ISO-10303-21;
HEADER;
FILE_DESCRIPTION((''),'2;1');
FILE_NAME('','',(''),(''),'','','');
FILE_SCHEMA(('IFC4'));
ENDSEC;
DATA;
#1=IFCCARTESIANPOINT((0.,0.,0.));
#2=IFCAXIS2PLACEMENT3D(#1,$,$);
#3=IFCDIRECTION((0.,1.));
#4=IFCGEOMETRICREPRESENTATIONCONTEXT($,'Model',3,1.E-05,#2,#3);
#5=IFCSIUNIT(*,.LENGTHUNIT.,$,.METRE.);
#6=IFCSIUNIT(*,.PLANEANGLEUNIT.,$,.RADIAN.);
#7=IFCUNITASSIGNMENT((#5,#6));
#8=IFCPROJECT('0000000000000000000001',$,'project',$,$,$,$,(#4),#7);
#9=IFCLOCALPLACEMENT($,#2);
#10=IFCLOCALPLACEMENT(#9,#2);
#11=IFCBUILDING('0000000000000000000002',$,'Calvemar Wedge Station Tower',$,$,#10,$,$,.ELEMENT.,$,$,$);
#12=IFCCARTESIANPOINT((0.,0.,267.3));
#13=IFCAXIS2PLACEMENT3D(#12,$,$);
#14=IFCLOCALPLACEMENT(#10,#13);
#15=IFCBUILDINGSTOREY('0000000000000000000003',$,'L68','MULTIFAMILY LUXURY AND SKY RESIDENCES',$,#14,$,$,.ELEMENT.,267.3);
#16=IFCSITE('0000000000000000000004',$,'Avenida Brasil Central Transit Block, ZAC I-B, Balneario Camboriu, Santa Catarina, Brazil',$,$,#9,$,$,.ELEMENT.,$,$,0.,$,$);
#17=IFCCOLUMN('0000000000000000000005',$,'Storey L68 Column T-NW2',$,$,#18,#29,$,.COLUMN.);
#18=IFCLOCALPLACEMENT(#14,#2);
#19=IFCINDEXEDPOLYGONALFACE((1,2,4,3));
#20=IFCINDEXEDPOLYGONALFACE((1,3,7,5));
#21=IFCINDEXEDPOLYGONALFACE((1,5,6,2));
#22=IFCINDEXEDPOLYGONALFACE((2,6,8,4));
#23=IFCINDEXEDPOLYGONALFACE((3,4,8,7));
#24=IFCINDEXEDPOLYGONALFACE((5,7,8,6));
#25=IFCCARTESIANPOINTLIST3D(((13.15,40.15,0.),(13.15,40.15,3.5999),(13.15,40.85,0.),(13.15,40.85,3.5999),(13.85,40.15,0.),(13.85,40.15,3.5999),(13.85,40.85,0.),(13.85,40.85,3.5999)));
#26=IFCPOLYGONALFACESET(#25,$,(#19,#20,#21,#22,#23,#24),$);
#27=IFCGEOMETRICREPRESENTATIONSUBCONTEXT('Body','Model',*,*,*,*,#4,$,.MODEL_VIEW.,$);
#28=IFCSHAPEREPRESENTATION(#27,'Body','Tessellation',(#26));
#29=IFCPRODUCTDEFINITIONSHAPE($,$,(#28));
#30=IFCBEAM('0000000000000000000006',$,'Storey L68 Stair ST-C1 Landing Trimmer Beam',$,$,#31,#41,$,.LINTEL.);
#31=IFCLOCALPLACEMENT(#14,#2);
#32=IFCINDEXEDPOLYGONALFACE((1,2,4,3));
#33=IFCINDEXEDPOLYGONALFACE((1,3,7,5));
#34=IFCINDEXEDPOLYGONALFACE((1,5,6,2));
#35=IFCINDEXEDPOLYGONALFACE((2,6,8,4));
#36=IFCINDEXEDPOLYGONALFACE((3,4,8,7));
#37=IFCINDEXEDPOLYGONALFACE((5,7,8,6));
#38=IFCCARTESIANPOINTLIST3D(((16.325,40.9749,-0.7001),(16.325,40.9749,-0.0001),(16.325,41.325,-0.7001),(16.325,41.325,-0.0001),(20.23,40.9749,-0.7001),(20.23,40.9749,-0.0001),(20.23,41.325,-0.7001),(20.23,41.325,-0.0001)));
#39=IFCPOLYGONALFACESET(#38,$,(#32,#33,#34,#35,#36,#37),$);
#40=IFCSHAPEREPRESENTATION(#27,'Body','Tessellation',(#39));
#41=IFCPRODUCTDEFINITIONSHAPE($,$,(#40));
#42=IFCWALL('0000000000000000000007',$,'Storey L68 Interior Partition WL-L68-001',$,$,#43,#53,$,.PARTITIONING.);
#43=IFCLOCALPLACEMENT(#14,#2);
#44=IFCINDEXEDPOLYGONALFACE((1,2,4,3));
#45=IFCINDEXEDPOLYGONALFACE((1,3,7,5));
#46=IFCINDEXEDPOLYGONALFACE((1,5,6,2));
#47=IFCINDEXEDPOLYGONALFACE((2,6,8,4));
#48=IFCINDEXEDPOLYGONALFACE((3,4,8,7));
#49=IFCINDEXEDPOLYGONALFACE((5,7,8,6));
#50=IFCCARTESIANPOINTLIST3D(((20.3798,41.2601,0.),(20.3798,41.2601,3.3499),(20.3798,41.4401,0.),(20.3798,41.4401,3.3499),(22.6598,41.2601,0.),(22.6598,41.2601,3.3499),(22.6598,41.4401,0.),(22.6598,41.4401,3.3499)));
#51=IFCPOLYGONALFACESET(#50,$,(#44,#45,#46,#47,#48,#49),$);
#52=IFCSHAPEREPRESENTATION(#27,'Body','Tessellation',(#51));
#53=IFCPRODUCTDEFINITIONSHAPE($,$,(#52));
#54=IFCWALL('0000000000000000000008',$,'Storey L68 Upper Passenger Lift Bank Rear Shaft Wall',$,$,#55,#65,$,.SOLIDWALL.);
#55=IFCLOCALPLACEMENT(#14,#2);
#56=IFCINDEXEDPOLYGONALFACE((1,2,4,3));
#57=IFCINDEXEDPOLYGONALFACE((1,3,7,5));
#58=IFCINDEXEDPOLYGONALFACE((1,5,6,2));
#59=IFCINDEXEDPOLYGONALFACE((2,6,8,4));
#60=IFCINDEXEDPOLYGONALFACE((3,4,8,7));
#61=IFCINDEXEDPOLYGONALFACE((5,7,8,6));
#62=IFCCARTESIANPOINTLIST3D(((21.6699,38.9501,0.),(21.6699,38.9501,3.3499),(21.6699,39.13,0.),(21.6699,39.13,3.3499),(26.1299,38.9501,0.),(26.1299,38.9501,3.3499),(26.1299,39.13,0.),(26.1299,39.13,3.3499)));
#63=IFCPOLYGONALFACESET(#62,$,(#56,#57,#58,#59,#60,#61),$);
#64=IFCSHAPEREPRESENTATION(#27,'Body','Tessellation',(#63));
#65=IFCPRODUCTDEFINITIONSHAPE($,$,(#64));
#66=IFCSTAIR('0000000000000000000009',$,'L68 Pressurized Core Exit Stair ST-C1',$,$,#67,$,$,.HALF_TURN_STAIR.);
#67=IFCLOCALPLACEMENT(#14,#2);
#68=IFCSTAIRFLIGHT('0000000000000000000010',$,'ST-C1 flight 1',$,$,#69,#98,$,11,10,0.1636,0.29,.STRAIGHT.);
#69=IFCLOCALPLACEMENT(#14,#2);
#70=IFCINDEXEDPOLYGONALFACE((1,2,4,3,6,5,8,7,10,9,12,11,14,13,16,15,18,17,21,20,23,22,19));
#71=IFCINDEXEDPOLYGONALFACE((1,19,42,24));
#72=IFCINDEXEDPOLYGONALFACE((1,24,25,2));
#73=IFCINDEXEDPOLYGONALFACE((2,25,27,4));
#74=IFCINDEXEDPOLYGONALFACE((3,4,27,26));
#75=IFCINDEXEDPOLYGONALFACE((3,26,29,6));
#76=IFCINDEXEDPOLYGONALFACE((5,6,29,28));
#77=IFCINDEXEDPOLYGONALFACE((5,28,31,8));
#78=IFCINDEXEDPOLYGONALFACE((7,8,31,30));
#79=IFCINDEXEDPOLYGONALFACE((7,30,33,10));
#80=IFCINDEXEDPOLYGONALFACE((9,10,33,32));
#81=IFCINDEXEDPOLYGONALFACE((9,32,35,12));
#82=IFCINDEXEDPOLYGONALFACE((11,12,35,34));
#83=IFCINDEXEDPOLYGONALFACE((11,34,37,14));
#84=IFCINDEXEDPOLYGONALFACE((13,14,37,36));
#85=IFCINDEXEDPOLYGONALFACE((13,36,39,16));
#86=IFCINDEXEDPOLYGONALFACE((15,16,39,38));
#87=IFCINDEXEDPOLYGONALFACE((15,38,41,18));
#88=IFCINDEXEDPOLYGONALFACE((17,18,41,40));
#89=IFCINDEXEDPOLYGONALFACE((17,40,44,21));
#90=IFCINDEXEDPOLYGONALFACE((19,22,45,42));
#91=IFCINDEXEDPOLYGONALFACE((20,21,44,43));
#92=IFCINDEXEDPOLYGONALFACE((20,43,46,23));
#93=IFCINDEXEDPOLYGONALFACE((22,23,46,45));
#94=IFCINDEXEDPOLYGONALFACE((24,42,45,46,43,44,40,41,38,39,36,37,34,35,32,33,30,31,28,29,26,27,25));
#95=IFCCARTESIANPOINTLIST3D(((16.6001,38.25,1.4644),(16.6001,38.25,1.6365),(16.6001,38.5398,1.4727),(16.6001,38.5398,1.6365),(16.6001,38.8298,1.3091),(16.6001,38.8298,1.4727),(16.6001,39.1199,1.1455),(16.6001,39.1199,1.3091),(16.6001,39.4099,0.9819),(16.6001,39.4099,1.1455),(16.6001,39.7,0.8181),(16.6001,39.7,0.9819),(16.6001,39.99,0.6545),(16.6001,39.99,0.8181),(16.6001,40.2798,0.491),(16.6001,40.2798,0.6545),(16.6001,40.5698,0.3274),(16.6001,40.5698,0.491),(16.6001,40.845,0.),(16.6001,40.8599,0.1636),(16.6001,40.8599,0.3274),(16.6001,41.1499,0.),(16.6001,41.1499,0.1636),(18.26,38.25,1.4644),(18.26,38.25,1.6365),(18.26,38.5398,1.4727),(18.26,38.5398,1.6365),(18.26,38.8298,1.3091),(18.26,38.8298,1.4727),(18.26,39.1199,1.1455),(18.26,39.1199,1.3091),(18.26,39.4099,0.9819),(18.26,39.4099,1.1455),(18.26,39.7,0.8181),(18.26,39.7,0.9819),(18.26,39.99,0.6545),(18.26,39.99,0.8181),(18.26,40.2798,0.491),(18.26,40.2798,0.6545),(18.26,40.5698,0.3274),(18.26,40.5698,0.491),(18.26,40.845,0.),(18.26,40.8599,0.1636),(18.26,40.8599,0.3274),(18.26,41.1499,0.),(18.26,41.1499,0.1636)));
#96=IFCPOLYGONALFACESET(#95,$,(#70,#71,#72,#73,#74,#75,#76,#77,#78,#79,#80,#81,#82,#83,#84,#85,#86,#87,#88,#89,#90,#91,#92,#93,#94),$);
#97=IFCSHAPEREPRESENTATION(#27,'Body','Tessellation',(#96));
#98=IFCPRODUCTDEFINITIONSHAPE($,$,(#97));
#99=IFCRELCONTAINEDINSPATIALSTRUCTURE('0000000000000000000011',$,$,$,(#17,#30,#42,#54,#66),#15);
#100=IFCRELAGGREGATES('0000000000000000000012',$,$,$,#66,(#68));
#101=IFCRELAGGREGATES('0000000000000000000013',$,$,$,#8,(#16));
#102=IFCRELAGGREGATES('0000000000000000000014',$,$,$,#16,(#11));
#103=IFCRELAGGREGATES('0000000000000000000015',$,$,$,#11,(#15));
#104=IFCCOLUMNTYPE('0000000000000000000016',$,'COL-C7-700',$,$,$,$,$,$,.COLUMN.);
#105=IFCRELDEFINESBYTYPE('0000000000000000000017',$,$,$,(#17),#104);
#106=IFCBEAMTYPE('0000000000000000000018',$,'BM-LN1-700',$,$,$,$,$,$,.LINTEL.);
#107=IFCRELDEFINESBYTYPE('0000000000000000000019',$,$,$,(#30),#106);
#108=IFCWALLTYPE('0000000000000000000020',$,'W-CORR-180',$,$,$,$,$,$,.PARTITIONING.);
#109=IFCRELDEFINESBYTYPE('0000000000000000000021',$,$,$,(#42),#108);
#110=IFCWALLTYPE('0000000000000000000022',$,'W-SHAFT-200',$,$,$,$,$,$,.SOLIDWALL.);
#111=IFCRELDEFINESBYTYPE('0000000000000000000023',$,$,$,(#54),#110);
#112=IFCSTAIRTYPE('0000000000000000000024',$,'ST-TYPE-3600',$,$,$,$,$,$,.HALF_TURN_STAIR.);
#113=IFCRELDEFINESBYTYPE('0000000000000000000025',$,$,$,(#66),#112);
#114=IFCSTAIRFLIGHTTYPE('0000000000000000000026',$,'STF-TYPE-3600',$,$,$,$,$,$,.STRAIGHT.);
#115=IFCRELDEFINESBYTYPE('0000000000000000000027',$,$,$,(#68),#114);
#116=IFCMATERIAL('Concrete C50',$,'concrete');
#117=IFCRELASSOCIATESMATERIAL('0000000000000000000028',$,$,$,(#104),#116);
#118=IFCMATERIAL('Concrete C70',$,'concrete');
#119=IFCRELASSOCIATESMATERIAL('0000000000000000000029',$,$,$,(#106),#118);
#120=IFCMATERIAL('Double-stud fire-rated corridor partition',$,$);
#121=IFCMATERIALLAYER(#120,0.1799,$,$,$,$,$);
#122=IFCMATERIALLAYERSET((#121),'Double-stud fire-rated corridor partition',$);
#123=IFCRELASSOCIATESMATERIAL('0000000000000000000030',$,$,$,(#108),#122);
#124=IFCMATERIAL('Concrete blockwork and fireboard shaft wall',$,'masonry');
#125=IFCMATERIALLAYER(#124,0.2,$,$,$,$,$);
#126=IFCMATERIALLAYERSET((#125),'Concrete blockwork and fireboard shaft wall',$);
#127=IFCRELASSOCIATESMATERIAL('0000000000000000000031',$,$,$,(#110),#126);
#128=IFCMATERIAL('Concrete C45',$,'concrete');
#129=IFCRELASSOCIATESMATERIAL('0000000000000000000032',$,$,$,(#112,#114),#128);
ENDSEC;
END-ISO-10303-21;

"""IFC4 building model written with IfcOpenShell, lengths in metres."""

from ifc_helpers import new_model, si_unit, direction, frame, frame_2d, origin, origin_2d, place, context, subcontext, project, spatial, polyline, rectangle, outline, extrude, source, transform, mapped, material, layer, layer_set, material_profile, profile_set, type_object, element, aggregate, save


model = new_model("IFC4")

# Units and contexts
model_context = context("Model", 3, precision=1e-05, world=origin(), true_north=direction((0.0, 1.0)))
body_context = subcontext(model_context, "Body", "Model", "MODEL_VIEW")
ifc_project = project(units=[si_unit("LENGTHUNIT", "METRE"), si_unit("PLANEANGLEUNIT", "RADIAN")], contexts=[model_context])

# Site, building, storey
site_placement = place(None, origin())
site = spatial("IfcSite", under=ifc_project, at=site_placement, Name="Avenida Brasil Central Transit Block, ZAC I-B, Balneario Camboriu, Santa Catarina, Brazil", CompositionType="ELEMENT", RefElevation=0.0)
building_placement = place(site_placement, origin())
building = spatial("IfcBuilding", under=site, at=building_placement, Name="Calvemar Wedge Station Tower", CompositionType="ELEMENT")
storey_placement = place(building_placement, frame((0.0, 0.0, 267.3)))
storey = spatial("IfcBuildingStorey", under=building, at=storey_placement, Name="L68", Description="MULTIFAMILY LUXURY AND SKY RESIDENCES", CompositionType="ELEMENT", Elevation=267.3)

# Column
ifc_material_1 = material(Name="Concrete C50", Category="concrete")
ifc_material_profile_1 = material_profile(ifc_material_1, rectangle(XDim=0.7, YDim=0.7, at=origin_2d()), Name="RC700x700")
ifc_profile_set_1 = profile_set([ifc_material_profile_1], Name="Concrete C50")
column_type = type_object("IfcColumnType", Name="COL-C7-700", PredefinedType="COLUMN", material=ifc_profile_set_1)
shared_shape_1 = source(origin(), body_context, "Body", "SweptSolid", [
    extrude(rectangle(XDim=0.7, YDim=0.7, at=origin_2d()), origin(), (0.0, 0.0, 1.0), 3.5999),
])
column_placement = place(storey_placement, frame((13.5, 40.5, 0.0), z_axis=(0.0, 0.0, 1.0), x_axis=(1.0, 0.0, 0.0)))
element("IfcColumn", 1, at=column_placement, inside=storey, type_object=column_type, Name="Storey L68 Column T-NW2", PredefinedType="COLUMN", context=body_context, shape_type="MappedRepresentation", body=[
    mapped(shared_shape_1, transform((0.0, 0.0, 0.0), scale=1.0)),
])

# Beam
ifc_material_2 = material(Name="Concrete C70", Category="concrete")
ifc_material_profile_2 = material_profile(ifc_material_2, rectangle(XDim=0.3501, YDim=0.7, at=origin_2d()), Name="RC350x700")
ifc_profile_set_2 = profile_set([ifc_material_profile_2], Name="Concrete C70")
beam_type = type_object("IfcBeamType", Name="BM-LN1-700", PredefinedType="LINTEL", material=ifc_profile_set_2)
shared_shape_2 = source(origin(), body_context, "Body", "SweptSolid", [
    extrude(rectangle(XDim=0.3501, YDim=0.7, at=origin_2d()), origin(), (0.0, 0.0, 1.0), 3.905),
])
beam_placement = place(storey_placement, frame((16.325, 41.1499, -0.3501), z_axis=(1.0, 0.0, 0.0), x_axis=(0.0, 1.0, 0.0)))
element("IfcBeam", 2, at=beam_placement, inside=storey, type_object=beam_type, Name="Storey L68 Stair ST-C1 Landing Trimmer Beam", PredefinedType="LINTEL", context=body_context, shape_type="MappedRepresentation", body=[
    mapped(shared_shape_2, transform((0.0, 0.0, 0.0), scale=1.0)),
])

# Wall
ifc_material_3 = material(Name="Double-stud fire-rated corridor partition")
ifc_layer_1 = layer(ifc_material_3, 0.1799)
ifc_layer_set_1 = layer_set([ifc_layer_1], Name="Double-stud fire-rated corridor partition")
wall_type_1 = type_object("IfcWallType", Name="W-CORR-180", PredefinedType="PARTITIONING", material=ifc_layer_set_1)
wall_1_placement = place(storey_placement, frame((22.6599, 41.3501, 0.0), z_axis=(0.0, 0.0, 1.0), x_axis=(-1.0, 0.0, 0.0)))
element("IfcWall", 3, at=wall_1_placement, inside=storey, type_object=wall_type_1, Name="Storey L68 Interior Partition WL-L68-001", PredefinedType="PARTITIONING", context=body_context, shape_type="SweptSolid", body=[
    extrude(rectangle(XDim=2.28, YDim=0.1799, at=frame_2d((1.1401, 0.0))), origin(), (0.0, 0.0, 1.0), 3.3499),
])

# Wall
ifc_material_4 = material(Name="Concrete blockwork and fireboard shaft wall", Category="masonry")
ifc_layer_2 = layer(ifc_material_4, 0.2)
ifc_layer_set_2 = layer_set([ifc_layer_2], Name="Concrete blockwork and fireboard shaft wall")
wall_type_2 = type_object("IfcWallType", Name="W-SHAFT-200", PredefinedType="SOLIDWALL", material=ifc_layer_set_2)
wall_2_placement = place(storey_placement, frame((21.6699, 39.04, 0.0), z_axis=(0.0, 0.0, 1.0), x_axis=(1.0, 0.0, 0.0)))
element("IfcWall", 4, at=wall_2_placement, inside=storey, type_object=wall_type_2, Name="Storey L68 Upper Passenger Lift Bank Rear Shaft Wall", PredefinedType="SOLIDWALL", context=body_context, shape_type="SweptSolid", body=[
    extrude(rectangle(XDim=4.46, YDim=0.1799, at=frame_2d((2.23, 0.0))), origin(), (0.0, 0.0, 1.0), 3.3499),
])

# Stair, stair flight
ifc_material_5 = material(Name="Concrete C45", Category="concrete")
stair_type = type_object("IfcStairType", Name="ST-TYPE-3600", PredefinedType="HALF_TURN_STAIR", material=ifc_material_5)
stair_placement = place(storey_placement, origin())
stair = element("IfcStair", 5, at=stair_placement, inside=storey, type_object=stair_type, Name="L68 Pressurized Core Exit Stair ST-C1", PredefinedType="HALF_TURN_STAIR")
stair_flight_type = type_object("IfcStairFlightType", Name="STF-TYPE-3600", PredefinedType="STRAIGHT", material=ifc_material_5)
stair_flight_placement = place(storey_placement, frame((17.4299, 41.1499, 0.0), z_axis=(0.0, 0.0, 1.0), x_axis=(0.0, -1.0, 0.0)))
stair_flight = element("IfcStairFlight", 6, at=stair_flight_placement, type_object=stair_flight_type, Name="ST-C1 flight 1", NumberOfRisers=11, NumberOfTreads=10, PredefinedType="STRAIGHT", RiserHeight=0.1636, TreadLength=0.29, context=body_context, shape_type="SweptSolid", body=[
    extrude(outline(polyline([(0.0, 0.0), (0.0, 0.1636), (0.29, 0.1636), (0.29, 0.3274), (0.5801, 0.3274), (0.5801, 0.491), (0.8701, 0.491), (0.8701, 0.6545), (1.1599, 0.6545), (1.1599, 0.8181), (1.45, 0.8181), (1.45, 0.9819), (1.74, 0.9819), (1.74, 1.1455), (2.03, 1.1455), (2.03, 1.3091), (2.3201, 1.3091), (2.3201, 1.4727), (2.6101, 1.4727), (2.6101, 1.6365), (2.8999, 1.6365), (2.8999, 1.8), (2.8999, 1.4644), (0.3049, 0.0), (0.0, 0.0)])), frame((0.0, 0.8301, 0.0), z_axis=(0.0, -1.0, 0.0), x_axis=(1.0, 0.0, 0.0)), (0.0, 0.0, 1.0), 1.6599),
])
aggregate(stair, [stair_flight])

save(model, "model.ifc")
